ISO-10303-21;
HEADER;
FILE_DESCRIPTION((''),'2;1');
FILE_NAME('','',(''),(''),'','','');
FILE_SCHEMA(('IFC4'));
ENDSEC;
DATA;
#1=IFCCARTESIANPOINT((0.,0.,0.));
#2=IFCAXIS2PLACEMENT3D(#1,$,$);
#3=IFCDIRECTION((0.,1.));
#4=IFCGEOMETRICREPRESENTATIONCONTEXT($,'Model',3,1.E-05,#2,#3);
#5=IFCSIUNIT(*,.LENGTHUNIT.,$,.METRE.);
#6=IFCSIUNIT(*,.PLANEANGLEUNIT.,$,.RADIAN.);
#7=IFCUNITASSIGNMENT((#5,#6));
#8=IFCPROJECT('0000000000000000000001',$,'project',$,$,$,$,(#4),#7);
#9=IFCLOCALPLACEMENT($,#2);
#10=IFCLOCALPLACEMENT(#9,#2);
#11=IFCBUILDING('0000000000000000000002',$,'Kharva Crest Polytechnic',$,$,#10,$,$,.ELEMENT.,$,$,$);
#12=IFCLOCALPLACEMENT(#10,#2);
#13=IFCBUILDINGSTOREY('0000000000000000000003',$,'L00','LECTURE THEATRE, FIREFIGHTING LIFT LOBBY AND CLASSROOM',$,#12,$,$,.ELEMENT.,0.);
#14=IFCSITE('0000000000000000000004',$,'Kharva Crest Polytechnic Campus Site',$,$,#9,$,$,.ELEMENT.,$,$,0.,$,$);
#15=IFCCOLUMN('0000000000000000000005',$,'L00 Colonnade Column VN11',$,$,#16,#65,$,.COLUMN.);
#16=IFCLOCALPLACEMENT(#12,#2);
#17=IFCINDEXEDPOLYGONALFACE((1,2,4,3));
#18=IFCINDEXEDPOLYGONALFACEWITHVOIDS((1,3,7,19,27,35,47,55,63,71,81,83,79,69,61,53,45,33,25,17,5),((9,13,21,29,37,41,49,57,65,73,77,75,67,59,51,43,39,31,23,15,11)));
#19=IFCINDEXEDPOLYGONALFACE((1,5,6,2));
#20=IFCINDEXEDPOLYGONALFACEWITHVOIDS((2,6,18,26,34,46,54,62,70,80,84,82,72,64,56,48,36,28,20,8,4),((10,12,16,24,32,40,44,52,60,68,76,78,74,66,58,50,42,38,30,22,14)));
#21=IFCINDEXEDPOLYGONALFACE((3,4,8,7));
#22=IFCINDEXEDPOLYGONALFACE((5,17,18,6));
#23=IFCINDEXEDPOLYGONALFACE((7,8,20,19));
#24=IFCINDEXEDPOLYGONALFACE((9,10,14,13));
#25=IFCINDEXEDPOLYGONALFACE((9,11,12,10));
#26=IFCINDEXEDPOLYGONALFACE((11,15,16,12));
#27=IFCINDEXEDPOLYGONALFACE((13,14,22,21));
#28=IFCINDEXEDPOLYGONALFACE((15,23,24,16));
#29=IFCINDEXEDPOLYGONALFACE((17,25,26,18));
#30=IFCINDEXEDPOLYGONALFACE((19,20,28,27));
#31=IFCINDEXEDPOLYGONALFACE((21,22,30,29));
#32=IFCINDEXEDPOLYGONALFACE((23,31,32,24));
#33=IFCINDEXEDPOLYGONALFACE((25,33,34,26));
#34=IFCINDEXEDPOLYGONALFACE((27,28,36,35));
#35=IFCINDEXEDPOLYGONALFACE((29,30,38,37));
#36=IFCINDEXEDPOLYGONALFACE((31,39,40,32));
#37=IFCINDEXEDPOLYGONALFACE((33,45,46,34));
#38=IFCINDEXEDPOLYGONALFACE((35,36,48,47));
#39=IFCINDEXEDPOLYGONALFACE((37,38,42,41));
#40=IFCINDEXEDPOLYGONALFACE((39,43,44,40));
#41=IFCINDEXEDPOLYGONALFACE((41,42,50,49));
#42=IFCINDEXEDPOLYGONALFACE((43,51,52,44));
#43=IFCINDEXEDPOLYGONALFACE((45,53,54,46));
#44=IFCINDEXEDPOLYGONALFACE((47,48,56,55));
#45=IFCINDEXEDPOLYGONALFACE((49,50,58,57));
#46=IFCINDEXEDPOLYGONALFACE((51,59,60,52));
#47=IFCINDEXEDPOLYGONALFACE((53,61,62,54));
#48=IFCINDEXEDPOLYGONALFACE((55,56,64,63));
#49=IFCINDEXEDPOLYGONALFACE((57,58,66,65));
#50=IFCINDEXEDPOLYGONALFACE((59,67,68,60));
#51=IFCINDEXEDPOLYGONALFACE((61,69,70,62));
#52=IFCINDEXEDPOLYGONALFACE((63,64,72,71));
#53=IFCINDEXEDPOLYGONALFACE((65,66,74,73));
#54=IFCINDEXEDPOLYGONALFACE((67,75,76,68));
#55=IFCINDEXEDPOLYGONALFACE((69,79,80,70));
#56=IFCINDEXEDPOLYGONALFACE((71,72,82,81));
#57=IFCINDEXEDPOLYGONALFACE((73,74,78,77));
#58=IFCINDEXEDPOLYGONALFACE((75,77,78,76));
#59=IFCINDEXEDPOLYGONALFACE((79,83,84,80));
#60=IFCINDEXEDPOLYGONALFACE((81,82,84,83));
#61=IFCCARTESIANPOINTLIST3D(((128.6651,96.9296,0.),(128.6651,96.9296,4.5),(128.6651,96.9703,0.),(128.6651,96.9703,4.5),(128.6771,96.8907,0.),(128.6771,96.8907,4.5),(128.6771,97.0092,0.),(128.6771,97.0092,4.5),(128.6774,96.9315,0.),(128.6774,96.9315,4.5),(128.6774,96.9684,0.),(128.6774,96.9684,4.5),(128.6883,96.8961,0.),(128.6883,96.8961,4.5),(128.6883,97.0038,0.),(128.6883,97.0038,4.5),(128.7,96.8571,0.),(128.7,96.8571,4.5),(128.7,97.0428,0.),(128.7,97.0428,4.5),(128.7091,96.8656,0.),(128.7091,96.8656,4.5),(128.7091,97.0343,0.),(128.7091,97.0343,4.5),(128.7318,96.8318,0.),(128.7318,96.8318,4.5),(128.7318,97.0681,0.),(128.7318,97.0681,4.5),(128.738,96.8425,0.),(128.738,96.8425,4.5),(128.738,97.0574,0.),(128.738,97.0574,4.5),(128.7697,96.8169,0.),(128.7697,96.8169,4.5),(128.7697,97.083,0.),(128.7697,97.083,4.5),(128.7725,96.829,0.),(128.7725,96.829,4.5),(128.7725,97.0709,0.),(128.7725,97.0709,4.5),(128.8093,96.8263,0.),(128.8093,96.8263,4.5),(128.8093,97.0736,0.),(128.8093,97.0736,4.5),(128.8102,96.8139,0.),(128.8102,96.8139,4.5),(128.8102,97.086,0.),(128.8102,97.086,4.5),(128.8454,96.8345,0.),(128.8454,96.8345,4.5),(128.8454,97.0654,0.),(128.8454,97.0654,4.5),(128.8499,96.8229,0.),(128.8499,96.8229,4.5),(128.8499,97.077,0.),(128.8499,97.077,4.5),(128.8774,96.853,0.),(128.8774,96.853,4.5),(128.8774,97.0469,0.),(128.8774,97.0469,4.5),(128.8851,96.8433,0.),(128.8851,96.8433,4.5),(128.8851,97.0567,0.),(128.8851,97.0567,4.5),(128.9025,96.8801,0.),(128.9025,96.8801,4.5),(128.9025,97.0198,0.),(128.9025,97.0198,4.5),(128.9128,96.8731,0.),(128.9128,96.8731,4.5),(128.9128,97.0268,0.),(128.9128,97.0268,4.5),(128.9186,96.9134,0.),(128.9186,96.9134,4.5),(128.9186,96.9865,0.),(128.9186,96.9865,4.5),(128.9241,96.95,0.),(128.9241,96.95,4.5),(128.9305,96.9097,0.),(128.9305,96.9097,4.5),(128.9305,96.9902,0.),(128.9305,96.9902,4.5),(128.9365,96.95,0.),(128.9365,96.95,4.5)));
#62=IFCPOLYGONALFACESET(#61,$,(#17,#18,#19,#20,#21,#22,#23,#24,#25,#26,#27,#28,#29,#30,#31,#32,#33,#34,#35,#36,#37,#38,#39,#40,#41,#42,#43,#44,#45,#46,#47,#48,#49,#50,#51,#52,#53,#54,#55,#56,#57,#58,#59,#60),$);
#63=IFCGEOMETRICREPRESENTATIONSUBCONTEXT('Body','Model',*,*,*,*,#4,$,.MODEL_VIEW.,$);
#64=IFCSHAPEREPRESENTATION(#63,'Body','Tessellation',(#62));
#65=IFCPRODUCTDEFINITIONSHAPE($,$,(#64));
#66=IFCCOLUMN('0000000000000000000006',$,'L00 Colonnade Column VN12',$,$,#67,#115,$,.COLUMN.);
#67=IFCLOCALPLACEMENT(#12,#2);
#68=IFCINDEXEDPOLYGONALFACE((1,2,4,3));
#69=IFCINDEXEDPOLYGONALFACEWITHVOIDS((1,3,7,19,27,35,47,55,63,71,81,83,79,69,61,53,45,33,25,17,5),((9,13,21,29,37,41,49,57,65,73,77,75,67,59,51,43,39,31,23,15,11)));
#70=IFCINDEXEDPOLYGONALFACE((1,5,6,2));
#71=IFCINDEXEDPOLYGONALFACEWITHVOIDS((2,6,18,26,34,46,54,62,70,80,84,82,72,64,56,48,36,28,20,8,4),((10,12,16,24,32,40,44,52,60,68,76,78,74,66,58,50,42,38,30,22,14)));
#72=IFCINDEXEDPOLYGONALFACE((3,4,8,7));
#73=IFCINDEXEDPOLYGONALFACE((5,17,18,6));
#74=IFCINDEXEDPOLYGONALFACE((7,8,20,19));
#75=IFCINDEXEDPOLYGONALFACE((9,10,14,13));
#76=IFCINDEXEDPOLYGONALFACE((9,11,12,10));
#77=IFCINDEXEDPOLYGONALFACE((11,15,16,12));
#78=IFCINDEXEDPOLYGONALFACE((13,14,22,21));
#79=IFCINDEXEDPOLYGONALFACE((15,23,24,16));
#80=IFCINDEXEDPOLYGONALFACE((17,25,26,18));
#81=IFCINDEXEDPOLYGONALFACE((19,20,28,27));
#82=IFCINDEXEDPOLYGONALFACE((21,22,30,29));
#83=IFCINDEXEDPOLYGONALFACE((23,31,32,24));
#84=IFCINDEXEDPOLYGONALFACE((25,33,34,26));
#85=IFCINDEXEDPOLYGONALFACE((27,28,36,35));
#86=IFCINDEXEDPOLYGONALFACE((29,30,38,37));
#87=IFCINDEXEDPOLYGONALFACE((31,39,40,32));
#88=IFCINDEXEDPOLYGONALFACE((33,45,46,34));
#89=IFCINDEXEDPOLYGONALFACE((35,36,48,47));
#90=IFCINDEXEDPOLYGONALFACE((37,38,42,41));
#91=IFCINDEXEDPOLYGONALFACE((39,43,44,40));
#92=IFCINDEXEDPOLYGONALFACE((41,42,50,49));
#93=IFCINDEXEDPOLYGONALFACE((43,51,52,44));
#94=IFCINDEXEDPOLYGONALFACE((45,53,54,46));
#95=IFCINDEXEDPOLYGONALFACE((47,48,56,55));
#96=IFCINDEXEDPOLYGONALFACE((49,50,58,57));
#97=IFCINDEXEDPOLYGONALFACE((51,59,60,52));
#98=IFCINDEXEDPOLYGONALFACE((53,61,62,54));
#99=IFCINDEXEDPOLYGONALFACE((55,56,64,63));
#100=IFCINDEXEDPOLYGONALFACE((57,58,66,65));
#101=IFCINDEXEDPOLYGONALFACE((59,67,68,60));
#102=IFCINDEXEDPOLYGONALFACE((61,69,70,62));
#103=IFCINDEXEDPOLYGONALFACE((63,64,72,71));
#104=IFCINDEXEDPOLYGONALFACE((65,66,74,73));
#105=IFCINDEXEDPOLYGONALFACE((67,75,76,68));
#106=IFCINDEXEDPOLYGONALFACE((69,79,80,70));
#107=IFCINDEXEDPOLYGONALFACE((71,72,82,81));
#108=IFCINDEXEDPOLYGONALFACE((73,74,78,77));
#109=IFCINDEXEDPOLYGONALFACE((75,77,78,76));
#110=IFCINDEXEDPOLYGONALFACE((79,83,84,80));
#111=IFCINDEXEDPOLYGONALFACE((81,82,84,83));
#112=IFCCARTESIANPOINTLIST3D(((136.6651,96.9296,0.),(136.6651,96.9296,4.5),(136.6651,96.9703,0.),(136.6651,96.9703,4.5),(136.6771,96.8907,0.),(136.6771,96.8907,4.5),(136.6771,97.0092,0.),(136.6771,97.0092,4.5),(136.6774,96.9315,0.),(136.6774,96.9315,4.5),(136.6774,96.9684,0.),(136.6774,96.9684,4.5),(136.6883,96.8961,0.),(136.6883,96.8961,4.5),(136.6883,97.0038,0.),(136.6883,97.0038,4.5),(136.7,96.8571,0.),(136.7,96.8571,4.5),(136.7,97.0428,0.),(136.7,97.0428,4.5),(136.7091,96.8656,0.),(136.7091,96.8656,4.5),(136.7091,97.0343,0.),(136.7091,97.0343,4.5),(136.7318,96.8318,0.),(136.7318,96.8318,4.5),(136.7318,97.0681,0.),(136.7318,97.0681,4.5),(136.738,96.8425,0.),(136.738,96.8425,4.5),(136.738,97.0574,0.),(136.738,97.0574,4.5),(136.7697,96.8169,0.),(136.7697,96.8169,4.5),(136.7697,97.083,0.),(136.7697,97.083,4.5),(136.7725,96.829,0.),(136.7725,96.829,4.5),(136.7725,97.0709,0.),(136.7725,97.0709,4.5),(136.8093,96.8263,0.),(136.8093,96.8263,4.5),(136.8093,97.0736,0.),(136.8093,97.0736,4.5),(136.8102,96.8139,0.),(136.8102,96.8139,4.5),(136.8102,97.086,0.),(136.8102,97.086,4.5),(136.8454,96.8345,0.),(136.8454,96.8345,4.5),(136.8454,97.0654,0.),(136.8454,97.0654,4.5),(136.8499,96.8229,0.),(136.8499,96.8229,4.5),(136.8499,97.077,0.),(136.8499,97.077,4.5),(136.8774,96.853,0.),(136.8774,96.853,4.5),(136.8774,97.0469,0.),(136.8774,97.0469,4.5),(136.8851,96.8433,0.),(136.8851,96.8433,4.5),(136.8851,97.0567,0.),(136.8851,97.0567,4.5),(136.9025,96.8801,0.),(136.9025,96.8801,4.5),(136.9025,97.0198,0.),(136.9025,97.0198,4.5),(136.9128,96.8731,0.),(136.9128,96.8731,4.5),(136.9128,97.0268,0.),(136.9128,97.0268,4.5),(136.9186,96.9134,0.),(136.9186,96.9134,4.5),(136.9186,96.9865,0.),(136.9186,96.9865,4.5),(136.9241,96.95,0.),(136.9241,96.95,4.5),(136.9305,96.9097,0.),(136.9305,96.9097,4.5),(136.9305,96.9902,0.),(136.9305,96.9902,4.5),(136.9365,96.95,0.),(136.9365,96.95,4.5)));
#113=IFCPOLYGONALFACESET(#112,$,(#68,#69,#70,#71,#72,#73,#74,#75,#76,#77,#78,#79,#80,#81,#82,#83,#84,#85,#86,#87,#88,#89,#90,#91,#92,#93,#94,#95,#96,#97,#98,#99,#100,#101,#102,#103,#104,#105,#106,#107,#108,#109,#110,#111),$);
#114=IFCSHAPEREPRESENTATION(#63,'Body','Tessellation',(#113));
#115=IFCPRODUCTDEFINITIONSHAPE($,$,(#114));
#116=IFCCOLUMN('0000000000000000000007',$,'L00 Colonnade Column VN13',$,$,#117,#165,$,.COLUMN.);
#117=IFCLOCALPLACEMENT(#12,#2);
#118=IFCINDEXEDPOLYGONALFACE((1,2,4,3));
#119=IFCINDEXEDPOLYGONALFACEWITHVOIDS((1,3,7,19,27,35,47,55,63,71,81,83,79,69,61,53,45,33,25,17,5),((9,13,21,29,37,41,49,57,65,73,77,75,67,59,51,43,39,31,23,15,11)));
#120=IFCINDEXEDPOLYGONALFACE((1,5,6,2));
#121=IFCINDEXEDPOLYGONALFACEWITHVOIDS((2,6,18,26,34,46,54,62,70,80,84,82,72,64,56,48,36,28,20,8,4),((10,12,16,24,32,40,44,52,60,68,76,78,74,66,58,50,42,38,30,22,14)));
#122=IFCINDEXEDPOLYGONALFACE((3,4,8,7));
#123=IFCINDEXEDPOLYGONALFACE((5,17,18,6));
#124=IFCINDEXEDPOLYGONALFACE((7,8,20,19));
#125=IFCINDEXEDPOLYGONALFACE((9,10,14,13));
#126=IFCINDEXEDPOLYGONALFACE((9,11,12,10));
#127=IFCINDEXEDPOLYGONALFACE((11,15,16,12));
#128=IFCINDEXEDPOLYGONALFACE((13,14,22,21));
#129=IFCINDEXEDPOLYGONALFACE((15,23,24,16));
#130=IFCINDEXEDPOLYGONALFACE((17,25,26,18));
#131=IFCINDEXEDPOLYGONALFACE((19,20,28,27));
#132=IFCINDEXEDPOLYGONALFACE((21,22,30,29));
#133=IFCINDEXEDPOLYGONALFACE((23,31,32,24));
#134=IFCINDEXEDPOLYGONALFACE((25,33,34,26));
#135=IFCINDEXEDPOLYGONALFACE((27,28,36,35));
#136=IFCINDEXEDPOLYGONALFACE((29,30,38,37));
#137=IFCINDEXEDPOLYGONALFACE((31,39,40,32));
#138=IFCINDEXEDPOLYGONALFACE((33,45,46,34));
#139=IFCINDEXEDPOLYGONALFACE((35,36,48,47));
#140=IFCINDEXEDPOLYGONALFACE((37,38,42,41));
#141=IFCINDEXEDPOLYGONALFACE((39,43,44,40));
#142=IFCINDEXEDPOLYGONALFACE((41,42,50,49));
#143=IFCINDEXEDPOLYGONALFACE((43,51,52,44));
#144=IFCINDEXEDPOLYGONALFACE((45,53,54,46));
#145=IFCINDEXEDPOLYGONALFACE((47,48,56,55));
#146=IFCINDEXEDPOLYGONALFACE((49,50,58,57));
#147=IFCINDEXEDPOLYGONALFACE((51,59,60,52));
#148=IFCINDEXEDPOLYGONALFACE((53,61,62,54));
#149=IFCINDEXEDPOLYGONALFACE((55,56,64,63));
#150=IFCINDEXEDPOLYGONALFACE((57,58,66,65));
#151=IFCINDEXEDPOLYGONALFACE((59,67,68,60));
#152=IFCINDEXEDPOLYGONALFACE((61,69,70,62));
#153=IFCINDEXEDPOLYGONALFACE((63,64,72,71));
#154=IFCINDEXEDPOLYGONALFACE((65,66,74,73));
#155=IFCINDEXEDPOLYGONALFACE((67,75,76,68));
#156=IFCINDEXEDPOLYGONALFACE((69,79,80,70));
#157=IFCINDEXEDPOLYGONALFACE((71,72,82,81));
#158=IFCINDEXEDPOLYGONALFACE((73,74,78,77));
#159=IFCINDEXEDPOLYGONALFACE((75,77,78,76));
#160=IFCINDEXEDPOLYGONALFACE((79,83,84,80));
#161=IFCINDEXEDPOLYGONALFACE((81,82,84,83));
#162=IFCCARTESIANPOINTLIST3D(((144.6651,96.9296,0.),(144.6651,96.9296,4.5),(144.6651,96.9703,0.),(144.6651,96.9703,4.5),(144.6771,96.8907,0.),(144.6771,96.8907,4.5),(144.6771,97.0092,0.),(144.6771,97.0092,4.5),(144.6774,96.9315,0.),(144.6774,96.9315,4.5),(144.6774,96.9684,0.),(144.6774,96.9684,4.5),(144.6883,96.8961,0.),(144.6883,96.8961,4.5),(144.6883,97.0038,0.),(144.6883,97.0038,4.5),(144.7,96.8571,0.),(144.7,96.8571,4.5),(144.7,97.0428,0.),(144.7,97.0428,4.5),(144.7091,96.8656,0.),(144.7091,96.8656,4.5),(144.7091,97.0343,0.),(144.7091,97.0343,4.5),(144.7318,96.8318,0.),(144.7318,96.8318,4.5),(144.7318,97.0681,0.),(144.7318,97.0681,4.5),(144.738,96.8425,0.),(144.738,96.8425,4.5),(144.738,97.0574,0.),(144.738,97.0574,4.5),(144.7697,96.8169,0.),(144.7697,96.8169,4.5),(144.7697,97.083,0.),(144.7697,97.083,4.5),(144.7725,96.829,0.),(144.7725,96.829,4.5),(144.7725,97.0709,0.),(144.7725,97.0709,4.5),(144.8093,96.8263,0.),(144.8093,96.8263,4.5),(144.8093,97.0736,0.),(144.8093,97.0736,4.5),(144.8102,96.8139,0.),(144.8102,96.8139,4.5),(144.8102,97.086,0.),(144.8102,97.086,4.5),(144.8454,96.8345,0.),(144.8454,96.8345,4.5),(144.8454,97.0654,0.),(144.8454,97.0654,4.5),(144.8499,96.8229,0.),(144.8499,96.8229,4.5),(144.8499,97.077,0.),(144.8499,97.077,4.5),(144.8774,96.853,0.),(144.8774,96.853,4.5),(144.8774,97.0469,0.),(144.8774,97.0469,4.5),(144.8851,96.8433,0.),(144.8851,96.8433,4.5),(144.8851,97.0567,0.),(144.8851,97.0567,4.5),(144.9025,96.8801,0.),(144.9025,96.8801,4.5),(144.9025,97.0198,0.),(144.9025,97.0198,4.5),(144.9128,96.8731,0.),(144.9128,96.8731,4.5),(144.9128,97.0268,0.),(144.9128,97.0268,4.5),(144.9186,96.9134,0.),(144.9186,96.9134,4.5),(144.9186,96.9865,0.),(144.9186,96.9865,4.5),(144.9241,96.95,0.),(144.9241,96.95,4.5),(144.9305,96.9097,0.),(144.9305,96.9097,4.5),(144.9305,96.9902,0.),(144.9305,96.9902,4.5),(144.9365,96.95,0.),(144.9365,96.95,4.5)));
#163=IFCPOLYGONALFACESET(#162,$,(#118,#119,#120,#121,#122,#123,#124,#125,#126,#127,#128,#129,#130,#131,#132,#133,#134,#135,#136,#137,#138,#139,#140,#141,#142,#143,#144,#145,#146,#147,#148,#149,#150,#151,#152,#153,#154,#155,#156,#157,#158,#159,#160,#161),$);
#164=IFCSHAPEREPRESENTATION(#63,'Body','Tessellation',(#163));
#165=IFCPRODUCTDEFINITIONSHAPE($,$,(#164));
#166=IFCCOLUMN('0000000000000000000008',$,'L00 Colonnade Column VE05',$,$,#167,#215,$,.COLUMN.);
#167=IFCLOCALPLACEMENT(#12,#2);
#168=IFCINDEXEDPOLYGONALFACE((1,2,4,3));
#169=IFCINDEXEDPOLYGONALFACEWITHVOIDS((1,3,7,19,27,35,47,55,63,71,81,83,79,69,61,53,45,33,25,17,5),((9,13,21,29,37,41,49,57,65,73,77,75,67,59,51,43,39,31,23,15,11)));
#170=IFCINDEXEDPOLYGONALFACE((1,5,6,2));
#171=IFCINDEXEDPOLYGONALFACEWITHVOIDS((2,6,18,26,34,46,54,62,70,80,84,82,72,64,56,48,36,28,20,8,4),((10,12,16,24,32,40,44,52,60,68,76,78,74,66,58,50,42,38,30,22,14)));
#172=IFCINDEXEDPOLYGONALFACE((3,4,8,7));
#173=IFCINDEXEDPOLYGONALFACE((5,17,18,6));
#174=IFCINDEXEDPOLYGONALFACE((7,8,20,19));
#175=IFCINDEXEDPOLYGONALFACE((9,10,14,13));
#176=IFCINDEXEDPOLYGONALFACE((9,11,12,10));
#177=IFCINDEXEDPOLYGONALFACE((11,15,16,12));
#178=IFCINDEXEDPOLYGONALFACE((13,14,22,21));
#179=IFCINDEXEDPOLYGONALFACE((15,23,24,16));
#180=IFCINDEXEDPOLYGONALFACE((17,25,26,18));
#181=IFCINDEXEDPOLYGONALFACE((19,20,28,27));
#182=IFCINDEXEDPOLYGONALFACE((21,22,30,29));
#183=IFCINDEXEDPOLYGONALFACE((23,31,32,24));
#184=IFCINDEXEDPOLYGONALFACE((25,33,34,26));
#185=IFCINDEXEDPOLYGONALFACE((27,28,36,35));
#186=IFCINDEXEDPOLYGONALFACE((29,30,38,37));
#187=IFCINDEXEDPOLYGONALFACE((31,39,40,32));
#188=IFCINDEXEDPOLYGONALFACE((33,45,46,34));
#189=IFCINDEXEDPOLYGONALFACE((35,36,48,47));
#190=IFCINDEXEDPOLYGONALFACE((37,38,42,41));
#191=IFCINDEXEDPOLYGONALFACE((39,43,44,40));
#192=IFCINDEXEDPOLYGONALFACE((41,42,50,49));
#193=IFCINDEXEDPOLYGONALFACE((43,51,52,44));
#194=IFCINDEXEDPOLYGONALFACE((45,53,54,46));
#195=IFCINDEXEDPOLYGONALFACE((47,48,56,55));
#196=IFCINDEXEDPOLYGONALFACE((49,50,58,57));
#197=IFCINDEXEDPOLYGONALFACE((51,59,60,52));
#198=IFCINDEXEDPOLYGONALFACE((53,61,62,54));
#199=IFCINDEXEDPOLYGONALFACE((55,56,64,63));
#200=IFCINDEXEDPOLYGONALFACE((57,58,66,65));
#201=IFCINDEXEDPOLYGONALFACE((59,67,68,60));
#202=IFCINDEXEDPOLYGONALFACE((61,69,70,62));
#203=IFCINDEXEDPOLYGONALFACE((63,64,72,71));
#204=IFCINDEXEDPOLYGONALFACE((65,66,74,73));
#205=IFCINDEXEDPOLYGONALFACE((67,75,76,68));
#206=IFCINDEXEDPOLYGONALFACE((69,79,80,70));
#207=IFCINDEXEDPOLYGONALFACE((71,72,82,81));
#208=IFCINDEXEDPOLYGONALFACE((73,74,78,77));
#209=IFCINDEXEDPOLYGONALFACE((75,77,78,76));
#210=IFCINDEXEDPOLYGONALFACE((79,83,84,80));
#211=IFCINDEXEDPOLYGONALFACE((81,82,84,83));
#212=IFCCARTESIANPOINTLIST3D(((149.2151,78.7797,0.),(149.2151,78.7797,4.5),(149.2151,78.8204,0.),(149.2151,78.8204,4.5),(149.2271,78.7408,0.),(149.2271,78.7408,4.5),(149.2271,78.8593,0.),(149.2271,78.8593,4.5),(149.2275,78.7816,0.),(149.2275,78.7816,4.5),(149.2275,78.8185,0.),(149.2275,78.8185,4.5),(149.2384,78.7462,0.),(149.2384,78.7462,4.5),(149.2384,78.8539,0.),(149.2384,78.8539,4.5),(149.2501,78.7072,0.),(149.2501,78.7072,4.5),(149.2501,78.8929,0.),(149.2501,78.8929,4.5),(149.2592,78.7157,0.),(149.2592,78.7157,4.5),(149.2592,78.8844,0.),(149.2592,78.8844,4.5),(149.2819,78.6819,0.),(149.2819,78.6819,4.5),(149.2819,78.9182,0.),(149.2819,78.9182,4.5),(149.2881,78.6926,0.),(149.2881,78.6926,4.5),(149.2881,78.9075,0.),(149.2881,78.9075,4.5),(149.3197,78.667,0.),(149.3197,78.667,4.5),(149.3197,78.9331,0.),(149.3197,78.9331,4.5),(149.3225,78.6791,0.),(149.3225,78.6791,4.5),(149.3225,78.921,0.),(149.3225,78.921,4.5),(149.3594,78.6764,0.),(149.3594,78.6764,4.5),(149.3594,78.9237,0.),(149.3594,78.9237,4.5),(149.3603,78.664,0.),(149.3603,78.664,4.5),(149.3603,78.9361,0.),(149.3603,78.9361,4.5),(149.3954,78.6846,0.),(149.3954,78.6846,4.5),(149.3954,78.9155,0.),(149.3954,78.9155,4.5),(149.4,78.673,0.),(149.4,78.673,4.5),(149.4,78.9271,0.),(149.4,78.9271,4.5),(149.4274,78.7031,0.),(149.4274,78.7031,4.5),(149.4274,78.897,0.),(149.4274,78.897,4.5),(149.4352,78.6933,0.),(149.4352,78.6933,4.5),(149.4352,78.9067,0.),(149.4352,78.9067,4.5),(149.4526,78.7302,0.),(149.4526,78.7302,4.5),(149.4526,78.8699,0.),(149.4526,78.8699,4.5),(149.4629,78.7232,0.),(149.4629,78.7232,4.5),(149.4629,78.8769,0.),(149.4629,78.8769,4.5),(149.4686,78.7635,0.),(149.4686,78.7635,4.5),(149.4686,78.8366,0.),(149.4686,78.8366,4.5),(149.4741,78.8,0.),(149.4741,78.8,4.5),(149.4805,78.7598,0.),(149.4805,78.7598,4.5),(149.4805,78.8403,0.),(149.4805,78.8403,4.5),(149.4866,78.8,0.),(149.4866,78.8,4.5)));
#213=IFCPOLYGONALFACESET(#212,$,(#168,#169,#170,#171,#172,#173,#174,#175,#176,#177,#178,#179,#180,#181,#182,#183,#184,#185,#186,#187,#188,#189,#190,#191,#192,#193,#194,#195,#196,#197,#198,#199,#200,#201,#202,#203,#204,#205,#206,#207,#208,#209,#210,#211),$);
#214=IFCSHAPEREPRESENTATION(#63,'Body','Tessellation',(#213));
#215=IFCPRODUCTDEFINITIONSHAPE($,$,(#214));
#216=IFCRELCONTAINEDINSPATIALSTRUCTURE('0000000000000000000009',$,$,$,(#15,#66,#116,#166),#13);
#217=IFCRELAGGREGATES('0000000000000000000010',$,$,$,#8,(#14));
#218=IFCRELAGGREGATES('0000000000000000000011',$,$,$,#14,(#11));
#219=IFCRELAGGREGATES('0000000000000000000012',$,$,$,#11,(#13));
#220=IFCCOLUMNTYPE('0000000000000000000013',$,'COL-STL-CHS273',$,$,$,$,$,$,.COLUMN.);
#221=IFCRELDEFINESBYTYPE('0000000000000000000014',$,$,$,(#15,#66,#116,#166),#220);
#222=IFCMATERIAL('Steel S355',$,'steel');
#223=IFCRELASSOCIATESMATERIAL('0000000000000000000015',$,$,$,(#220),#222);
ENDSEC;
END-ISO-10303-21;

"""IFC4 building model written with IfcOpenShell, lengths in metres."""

from ifc_helpers import new_model, si_unit, direction, frame, origin, origin_2d, place, context, subcontext, project, spatial, hollow_circle, extrude, material, material_profile, profile_set, type_object, element, save


model = new_model("IFC4")

# Units and contexts
model_context = context("Model", 3, precision=1e-05, world=origin(), true_north=direction((0.0, 1.0)))
body_context = subcontext(model_context, "Body", "Model", "MODEL_VIEW")
ifc_project = project(units=[si_unit("LENGTHUNIT", "METRE"), si_unit("PLANEANGLEUNIT", "RADIAN")], contexts=[model_context])

# Site, building, storey
site_placement = place(None, origin())
site = spatial("IfcSite", under=ifc_project, at=site_placement, Name="Kharva Crest Polytechnic Campus Site", CompositionType="ELEMENT", RefElevation=0.0)
building_placement = place(site_placement, origin())
building = spatial("IfcBuilding", under=site, at=building_placement, Name="Kharva Crest Polytechnic", CompositionType="ELEMENT")
storey_placement = place(building_placement, origin())
storey = spatial("IfcBuildingStorey", under=building, at=storey_placement, Name="L00", Description="LECTURE THEATRE, FIREFIGHTING LIFT LOBBY AND CLASSROOM", CompositionType="ELEMENT", Elevation=0.0)

# Columns
ifc_material_1 = material(Name="Steel S355", Category="steel")
ifc_material_profile_1 = material_profile(ifc_material_1, hollow_circle(Radius=0.1365, WallThickness=0.0125, at=origin_2d()), Name="CHS 273.0X12.5")
ifc_profile_set_1 = profile_set([ifc_material_profile_1], Name="Steel S355")
column_type_1 = type_object("IfcColumnType", Name="COL-STL-CHS273", PredefinedType="COLUMN", material=ifc_profile_set_1)
for number, where, z_axis, x_axis, name in (
    (1, (128.8, 96.95, 0.0), (0.0, 0.0, 1.0), (1.0, 0.0, 0.0), "L00 Colonnade Column VN11"),
    (2, (136.8, 96.95, 0.0), (0.0, 0.0, 1.0), (1.0, 0.0, 0.0), "L00 Colonnade Column VN12"),
    (3, (144.8, 96.95, 0.0), (0.0, 0.0, 1.0), (1.0, 0.0, 0.0), "L00 Colonnade Column VN13"),
    (4, (149.3501, 78.8, 0.0), (0.0, 0.0, 1.0), (1.0, 0.0, 0.0), "L00 Colonnade Column VE05"),
):
    element("IfcColumn", number, at=place(storey_placement, frame(where, z_axis=z_axis, x_axis=x_axis)), inside=storey, type_object=column_type_1, Name=name, PredefinedType="COLUMN", context=body_context, shape_type="SweptSolid", body=[
        extrude(hollow_circle(Radius=0.1365, WallThickness=0.0125, at=origin_2d()), origin(), (0.0, 0.0, 1.0), 4.5),
    ])

save(model, "model.ifc")
